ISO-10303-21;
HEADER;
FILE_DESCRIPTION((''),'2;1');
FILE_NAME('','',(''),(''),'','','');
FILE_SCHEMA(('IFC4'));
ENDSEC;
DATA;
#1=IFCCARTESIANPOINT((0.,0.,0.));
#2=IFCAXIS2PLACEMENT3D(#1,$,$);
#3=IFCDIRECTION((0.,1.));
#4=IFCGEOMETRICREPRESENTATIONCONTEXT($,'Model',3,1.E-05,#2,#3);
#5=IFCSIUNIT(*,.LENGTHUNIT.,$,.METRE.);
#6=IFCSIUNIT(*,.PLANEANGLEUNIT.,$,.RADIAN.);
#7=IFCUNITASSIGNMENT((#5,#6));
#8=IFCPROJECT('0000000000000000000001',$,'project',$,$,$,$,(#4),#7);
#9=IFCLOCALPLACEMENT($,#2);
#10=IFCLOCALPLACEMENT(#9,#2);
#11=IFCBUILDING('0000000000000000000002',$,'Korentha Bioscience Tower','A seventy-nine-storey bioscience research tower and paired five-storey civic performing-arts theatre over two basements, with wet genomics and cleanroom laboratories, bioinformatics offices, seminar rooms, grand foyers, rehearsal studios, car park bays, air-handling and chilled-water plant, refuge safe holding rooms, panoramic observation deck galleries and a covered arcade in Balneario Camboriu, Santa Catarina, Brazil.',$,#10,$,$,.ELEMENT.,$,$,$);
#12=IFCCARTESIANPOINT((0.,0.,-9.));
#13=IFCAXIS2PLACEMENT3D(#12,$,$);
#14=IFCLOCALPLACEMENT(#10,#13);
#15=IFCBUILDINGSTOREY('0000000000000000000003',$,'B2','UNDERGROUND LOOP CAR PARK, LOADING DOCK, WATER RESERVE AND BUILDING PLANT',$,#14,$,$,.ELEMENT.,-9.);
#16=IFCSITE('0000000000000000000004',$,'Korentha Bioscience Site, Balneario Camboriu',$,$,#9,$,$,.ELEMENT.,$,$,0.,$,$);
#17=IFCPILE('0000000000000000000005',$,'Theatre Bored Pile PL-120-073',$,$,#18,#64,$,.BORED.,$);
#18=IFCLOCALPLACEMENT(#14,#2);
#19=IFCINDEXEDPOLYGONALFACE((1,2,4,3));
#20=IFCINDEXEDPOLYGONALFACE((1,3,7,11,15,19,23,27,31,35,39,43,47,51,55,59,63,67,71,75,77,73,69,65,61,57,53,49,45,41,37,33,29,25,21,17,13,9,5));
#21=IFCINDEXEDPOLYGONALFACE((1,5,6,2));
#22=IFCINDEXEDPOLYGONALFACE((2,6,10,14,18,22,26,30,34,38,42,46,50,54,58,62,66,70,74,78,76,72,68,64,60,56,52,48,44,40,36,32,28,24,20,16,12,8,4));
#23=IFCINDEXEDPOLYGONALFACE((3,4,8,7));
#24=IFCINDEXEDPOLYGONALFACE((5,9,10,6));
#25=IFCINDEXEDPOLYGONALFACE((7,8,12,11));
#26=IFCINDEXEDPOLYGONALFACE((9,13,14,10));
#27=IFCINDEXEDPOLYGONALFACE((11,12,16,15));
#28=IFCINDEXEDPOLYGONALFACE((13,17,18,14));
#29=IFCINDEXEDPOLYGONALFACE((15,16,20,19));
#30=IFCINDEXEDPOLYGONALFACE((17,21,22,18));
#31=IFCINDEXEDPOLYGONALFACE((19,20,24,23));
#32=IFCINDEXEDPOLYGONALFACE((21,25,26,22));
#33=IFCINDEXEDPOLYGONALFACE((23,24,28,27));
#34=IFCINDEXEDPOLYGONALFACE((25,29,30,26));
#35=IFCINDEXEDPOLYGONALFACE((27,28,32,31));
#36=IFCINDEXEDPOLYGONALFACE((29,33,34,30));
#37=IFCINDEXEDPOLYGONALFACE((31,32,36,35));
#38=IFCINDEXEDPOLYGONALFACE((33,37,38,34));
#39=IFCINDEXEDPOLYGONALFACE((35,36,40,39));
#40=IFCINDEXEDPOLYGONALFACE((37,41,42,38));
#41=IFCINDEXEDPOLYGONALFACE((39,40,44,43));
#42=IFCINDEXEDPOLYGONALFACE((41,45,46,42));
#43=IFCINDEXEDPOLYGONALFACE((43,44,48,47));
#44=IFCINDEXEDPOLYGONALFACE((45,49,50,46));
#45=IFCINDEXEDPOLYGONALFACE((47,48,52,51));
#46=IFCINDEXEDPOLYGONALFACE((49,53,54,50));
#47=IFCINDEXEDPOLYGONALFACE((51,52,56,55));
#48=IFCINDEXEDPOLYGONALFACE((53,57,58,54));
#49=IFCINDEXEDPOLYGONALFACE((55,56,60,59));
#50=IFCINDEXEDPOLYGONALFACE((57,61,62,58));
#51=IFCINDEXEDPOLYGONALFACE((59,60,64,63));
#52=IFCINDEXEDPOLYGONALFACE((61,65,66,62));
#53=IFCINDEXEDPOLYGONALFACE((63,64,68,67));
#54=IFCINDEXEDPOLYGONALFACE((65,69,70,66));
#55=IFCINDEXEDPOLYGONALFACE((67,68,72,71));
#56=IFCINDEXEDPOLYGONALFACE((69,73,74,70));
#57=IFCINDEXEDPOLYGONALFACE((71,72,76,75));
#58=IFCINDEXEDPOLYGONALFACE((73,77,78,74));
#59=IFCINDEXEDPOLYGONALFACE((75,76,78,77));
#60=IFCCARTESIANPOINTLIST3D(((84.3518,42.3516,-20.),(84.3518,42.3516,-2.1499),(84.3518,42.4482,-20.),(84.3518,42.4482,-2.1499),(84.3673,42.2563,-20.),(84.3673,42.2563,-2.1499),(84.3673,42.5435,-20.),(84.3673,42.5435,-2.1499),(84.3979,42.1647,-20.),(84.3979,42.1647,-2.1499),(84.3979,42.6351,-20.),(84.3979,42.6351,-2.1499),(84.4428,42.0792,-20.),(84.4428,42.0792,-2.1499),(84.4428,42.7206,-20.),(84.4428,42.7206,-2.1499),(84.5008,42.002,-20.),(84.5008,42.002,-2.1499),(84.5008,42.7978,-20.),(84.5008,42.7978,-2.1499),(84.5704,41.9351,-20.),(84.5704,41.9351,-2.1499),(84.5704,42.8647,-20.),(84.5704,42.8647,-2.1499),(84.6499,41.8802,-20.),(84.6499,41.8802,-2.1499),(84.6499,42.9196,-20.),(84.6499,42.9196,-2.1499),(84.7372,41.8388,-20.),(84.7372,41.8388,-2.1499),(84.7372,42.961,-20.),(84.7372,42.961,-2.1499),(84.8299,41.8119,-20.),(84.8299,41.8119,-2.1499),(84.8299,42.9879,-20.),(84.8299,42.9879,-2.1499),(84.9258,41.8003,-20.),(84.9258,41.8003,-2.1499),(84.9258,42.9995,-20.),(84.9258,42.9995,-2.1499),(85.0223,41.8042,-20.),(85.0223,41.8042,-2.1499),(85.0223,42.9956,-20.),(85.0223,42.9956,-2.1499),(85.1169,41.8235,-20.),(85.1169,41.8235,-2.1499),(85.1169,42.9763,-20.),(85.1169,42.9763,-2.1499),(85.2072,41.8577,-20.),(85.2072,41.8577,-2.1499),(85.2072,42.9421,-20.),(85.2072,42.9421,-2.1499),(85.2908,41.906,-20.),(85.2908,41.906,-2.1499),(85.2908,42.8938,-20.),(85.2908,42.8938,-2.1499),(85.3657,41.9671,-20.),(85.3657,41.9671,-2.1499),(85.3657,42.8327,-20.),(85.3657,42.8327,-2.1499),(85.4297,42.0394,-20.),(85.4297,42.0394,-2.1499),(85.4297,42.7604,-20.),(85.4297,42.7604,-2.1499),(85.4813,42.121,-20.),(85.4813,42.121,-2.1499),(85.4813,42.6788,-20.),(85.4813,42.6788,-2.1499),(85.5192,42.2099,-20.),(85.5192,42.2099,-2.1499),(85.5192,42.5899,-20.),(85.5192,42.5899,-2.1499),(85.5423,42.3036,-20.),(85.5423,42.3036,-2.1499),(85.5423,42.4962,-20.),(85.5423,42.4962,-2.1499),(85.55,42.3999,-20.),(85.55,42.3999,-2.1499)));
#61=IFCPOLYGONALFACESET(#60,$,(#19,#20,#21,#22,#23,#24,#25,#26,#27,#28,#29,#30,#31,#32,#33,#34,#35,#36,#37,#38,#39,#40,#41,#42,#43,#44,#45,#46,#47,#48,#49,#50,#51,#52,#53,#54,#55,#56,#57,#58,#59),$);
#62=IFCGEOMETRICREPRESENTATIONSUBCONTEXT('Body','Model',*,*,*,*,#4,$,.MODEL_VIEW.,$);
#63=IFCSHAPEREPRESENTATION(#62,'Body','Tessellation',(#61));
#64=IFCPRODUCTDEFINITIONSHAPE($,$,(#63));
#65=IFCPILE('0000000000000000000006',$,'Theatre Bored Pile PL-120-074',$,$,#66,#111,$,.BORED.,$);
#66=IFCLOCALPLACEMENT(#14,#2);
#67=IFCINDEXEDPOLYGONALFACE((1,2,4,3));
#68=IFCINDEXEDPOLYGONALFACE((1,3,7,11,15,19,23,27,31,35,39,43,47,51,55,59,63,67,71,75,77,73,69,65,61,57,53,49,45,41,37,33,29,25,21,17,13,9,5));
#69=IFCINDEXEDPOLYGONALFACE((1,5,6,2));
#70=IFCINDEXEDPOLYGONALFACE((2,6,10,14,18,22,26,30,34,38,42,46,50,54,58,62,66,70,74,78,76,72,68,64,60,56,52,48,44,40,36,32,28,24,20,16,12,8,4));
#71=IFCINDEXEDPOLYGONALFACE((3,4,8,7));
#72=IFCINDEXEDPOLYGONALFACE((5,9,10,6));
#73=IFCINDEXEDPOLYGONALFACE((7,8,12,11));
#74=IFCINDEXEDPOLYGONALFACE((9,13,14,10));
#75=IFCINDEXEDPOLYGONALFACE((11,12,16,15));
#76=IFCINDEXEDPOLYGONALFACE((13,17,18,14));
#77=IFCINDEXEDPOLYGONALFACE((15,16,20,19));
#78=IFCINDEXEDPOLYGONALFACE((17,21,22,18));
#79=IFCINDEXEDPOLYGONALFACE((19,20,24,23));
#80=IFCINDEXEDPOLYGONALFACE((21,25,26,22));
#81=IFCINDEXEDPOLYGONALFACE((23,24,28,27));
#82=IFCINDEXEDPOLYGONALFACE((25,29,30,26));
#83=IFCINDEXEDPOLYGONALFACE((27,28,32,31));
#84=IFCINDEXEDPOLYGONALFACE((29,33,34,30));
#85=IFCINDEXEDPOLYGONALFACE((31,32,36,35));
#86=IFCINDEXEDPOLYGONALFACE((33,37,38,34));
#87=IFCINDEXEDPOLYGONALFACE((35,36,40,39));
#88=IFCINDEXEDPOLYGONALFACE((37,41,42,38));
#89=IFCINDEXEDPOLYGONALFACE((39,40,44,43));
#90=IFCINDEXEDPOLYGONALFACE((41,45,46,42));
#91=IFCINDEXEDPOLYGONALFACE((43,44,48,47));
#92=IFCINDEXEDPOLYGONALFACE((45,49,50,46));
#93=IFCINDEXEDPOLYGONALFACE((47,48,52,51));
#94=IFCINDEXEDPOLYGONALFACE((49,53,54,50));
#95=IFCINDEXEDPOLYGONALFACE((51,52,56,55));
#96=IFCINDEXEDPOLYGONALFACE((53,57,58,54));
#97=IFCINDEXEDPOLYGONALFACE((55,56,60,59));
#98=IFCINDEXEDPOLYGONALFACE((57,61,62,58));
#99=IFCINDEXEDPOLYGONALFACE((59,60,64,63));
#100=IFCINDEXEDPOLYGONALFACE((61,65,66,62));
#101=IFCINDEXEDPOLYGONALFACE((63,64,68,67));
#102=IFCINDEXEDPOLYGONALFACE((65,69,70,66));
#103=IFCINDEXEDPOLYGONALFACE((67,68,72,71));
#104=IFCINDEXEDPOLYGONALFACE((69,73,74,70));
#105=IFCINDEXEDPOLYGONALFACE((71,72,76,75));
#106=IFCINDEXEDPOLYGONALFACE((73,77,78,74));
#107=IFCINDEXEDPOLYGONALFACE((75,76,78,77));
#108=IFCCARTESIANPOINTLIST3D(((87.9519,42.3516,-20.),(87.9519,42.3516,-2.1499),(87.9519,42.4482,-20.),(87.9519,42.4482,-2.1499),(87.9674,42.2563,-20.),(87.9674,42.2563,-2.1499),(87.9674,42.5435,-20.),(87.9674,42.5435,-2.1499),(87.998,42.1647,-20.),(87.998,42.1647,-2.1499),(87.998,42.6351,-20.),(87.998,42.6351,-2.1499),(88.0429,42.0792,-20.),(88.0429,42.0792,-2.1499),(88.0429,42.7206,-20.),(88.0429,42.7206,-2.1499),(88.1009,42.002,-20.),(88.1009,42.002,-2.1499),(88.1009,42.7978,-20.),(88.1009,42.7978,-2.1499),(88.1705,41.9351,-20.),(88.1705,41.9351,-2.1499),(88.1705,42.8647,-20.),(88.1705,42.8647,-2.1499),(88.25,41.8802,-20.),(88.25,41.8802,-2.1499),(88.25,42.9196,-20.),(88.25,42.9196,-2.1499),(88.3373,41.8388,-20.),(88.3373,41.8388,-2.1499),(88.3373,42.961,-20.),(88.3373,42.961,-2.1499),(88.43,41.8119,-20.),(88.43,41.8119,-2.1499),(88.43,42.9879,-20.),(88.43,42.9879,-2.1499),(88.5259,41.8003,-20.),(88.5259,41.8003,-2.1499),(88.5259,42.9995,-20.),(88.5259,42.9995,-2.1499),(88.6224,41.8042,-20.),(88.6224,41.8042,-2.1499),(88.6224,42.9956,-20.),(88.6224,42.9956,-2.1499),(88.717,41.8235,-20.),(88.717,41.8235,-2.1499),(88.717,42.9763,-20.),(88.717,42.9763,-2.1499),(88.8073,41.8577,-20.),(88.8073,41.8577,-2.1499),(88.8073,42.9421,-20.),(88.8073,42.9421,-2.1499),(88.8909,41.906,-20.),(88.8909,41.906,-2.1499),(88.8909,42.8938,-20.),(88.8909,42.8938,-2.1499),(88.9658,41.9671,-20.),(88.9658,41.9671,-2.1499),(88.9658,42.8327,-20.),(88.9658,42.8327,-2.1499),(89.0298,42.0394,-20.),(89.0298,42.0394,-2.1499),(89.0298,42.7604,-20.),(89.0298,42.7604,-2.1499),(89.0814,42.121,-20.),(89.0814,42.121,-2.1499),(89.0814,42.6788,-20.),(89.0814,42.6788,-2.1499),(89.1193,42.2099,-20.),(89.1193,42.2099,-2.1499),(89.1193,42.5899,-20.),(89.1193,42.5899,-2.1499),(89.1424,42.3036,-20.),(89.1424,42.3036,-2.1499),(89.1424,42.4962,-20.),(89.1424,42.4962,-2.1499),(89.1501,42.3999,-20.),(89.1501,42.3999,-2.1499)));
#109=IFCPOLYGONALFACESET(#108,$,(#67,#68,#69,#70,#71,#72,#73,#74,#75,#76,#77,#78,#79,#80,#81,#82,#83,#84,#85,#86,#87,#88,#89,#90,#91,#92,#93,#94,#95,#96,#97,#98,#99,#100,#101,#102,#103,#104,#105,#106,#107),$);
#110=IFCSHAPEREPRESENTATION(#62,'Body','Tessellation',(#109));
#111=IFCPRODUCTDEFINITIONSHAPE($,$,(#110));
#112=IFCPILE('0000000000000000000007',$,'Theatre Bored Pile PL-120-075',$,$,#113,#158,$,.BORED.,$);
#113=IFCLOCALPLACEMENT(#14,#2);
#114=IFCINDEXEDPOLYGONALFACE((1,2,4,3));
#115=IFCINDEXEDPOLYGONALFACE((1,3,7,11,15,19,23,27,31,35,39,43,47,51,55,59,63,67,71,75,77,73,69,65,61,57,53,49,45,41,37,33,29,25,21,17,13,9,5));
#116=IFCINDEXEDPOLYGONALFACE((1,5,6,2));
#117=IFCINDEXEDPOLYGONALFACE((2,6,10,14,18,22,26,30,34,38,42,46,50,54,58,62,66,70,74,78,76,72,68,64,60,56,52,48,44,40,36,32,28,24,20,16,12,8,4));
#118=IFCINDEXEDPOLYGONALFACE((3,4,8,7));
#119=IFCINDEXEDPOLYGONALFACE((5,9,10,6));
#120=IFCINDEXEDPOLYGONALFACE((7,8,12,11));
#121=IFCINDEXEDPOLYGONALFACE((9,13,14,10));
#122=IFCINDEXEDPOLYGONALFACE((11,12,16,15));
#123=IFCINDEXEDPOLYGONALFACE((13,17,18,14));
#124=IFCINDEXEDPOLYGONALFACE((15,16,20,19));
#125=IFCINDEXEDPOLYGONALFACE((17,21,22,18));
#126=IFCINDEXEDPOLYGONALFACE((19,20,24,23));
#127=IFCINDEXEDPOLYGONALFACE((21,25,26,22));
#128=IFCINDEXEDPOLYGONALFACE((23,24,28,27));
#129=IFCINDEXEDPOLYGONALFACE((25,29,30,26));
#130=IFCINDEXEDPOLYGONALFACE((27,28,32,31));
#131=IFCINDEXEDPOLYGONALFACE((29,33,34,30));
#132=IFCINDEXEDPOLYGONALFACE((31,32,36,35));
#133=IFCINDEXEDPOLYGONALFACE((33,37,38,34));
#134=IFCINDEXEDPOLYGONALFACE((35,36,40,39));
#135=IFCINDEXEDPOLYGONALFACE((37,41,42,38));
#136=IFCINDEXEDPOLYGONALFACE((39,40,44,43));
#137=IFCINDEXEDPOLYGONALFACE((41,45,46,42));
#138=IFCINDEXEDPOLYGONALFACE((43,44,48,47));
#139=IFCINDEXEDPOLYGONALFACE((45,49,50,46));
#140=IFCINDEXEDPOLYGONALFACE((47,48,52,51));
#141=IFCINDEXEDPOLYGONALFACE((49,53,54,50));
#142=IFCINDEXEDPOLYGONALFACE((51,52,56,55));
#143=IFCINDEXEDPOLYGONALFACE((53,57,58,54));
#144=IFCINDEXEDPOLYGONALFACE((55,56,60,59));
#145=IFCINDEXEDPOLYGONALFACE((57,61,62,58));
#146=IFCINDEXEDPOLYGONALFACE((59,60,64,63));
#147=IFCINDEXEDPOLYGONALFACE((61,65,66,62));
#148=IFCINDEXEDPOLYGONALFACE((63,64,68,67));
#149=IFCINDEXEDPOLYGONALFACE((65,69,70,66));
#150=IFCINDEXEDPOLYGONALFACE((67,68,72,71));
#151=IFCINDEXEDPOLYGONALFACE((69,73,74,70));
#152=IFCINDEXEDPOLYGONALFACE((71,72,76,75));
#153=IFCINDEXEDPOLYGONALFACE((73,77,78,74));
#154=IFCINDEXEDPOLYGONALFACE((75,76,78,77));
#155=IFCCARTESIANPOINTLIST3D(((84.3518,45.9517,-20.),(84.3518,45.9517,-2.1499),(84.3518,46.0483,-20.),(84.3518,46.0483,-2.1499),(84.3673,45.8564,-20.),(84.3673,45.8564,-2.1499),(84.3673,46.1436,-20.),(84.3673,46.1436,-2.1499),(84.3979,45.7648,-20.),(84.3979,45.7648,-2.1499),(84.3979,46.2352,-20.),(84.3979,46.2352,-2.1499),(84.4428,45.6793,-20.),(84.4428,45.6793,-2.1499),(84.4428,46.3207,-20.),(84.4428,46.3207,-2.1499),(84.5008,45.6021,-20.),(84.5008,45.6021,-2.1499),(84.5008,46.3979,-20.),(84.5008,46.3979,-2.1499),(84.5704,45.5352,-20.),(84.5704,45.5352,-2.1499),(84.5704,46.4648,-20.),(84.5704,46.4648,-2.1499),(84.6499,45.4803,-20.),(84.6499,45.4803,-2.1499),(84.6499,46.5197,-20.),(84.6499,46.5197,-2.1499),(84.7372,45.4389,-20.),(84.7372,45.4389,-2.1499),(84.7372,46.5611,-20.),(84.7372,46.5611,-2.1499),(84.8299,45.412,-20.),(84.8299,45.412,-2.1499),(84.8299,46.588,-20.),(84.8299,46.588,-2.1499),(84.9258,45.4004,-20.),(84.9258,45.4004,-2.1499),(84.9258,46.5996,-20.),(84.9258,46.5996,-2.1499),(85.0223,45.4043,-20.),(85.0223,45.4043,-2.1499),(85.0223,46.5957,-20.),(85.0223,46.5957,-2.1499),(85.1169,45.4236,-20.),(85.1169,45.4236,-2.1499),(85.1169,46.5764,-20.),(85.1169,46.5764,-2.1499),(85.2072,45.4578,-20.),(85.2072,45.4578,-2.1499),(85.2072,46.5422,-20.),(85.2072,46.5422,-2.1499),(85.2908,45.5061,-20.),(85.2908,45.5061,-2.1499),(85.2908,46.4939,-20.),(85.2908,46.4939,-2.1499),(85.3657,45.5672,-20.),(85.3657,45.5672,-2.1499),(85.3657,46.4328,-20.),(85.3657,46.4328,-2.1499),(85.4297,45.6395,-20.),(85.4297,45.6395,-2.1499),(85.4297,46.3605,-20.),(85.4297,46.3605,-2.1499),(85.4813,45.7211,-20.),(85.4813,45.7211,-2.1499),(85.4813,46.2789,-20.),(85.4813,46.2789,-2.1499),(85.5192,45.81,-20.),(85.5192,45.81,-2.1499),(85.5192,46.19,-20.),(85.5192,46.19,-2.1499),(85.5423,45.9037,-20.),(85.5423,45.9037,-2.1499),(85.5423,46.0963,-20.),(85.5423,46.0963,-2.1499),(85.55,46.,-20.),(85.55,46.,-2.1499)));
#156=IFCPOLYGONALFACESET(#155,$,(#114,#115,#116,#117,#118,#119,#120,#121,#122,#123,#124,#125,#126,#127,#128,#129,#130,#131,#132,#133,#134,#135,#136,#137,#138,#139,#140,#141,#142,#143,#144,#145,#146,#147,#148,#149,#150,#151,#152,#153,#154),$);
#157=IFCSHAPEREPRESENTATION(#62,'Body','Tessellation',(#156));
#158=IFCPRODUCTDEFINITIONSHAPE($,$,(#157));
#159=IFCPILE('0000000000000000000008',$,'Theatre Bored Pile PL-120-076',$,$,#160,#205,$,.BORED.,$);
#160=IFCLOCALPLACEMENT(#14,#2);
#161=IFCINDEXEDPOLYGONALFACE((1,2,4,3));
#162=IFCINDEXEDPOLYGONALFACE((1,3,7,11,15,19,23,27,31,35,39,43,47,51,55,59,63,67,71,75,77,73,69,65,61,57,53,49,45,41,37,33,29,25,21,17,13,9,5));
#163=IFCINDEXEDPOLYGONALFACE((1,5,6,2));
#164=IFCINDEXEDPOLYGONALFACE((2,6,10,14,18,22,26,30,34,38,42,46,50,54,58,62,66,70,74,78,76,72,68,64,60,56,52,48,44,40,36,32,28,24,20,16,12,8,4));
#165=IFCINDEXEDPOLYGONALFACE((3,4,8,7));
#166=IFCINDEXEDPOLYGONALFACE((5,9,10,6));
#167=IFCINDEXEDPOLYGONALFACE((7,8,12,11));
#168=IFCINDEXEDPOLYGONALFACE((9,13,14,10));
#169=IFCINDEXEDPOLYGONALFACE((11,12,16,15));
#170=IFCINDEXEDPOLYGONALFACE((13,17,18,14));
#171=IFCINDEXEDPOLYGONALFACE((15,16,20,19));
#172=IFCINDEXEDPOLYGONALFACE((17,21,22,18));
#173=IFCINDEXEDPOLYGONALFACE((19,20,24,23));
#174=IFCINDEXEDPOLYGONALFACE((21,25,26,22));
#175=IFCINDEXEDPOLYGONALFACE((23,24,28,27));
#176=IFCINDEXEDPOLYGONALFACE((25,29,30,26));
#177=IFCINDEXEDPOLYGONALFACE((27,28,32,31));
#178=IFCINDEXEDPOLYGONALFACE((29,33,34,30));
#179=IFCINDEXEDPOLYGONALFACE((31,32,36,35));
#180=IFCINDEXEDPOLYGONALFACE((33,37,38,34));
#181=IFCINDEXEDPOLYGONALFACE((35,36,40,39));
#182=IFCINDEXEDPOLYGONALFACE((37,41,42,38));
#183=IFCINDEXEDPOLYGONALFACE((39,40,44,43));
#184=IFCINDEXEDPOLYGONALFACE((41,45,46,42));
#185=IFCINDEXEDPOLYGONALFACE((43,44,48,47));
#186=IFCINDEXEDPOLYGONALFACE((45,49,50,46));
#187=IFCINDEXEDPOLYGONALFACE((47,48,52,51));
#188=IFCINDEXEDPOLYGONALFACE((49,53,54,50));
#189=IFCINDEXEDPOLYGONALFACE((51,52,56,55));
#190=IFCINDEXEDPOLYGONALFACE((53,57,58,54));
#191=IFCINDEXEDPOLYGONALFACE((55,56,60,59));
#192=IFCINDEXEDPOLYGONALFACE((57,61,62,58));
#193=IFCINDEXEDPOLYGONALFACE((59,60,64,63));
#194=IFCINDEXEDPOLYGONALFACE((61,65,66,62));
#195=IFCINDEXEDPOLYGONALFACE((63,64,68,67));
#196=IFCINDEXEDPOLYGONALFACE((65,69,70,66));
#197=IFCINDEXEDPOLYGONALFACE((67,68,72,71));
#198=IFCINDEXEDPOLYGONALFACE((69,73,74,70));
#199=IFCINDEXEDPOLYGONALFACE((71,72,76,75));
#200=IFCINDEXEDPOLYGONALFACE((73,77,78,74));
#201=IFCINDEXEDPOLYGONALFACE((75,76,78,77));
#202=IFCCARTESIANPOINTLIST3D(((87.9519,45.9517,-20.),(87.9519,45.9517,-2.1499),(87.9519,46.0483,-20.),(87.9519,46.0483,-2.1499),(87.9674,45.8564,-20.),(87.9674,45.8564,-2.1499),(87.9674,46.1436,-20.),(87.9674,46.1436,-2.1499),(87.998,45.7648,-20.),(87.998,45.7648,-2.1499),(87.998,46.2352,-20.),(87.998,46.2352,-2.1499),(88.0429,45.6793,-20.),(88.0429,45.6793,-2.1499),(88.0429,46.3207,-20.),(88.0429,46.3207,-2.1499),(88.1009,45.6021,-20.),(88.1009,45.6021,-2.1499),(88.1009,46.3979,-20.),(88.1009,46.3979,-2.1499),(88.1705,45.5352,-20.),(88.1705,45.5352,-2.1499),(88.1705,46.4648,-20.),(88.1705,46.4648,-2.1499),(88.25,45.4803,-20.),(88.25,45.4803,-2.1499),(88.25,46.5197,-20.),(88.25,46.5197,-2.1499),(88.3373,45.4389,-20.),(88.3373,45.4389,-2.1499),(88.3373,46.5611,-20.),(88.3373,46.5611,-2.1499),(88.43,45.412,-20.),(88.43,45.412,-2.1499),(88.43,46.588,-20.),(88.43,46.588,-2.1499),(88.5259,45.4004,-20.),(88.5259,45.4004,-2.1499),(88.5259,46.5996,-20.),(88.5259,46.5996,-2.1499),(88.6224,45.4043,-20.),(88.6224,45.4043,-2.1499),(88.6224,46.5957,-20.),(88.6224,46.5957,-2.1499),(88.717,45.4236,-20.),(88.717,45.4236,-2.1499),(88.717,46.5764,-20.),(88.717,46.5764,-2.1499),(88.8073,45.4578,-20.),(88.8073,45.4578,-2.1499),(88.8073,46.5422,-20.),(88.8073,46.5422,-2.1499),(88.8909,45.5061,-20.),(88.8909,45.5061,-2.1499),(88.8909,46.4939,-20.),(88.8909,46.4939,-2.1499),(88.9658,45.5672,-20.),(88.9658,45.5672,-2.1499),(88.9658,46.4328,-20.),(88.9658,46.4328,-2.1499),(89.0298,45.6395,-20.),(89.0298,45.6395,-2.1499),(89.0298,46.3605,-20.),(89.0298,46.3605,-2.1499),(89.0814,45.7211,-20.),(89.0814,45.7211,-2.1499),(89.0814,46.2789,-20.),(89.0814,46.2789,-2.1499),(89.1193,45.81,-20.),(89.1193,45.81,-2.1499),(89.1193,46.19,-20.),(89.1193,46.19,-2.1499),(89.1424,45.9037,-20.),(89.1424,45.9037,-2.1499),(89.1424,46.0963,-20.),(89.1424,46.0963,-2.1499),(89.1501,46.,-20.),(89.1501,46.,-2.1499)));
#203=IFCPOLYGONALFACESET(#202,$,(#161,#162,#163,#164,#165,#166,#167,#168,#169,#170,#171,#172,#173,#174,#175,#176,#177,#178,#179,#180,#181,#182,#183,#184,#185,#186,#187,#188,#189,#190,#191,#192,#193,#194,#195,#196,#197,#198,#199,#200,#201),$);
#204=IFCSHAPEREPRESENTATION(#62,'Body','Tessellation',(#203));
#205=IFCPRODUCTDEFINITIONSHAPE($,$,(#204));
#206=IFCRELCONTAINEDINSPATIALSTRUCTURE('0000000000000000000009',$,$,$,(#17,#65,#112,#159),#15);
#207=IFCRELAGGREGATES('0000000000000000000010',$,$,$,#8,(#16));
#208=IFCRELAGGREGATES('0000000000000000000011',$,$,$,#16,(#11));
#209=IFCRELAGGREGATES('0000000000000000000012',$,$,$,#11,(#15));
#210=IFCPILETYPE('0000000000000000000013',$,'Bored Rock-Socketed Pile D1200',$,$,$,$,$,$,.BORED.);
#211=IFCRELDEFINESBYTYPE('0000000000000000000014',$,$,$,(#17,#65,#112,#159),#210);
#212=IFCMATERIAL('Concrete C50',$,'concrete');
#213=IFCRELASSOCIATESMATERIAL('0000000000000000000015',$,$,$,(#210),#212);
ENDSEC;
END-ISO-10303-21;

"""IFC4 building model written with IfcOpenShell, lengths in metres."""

from ifc_helpers import new_model, si_unit, direction, frame, origin, origin_2d, place, context, subcontext, project, spatial, circle, extrude, material, material_profile, profile_set, type_object, element, save


model = new_model("IFC4")

# Units and contexts
model_context = context("Model", 3, precision=1e-05, world=origin(), true_north=direction((0.0, 1.0)))
body_context = subcontext(model_context, "Body", "Model", "MODEL_VIEW")
ifc_project = project(units=[si_unit("LENGTHUNIT", "METRE"), si_unit("PLANEANGLEUNIT", "RADIAN")], contexts=[model_context])

# Site, building, storey
site_placement = place(None, origin())
site = spatial("IfcSite", under=ifc_project, at=site_placement, Name="Korentha Bioscience Site, Balneario Camboriu", CompositionType="ELEMENT", RefElevation=0.0)
building_placement = place(site_placement, origin())
building = spatial("IfcBuilding", under=site, at=building_placement, Name="Korentha Bioscience Tower", Description="A seventy-nine-storey bioscience research tower and paired five-storey civic performing-arts theatre over two basements, with wet genomics and cleanroom laboratories, bioinformatics offices, seminar rooms, grand foyers, rehearsal studios, car park bays, air-handling and chilled-water plant, refuge safe holding rooms, panoramic observation deck galleries and a covered arcade in Balneario Camboriu, Santa Catarina, Brazil.", CompositionType="ELEMENT")
storey_placement = place(building_placement, frame((0.0, 0.0, -9.0)))
storey = spatial("IfcBuildingStorey", under=building, at=storey_placement, Name="B2", Description="UNDERGROUND LOOP CAR PARK, LOADING DOCK, WATER RESERVE AND BUILDING PLANT", CompositionType="ELEMENT", Elevation=-9.0)

# Shared definitions
ifc_material_1 = material(Name="Concrete C50", Category="concrete")

# Piles
ifc_material_profile_1 = material_profile(ifc_material_1, circle(Radius=0.6001, at=origin_2d()), Name="Concrete C50")
ifc_profile_set_1 = profile_set([ifc_material_profile_1], Name="Concrete C50 (PL-120)")
pile_type = type_object("IfcPileType", Name="Bored Rock-Socketed Pile D1200", PredefinedType="BORED", material=ifc_profile_set_1)
for number, where, z_axis, x_axis, name in (
    (1, (84.95, 42.3999, -2.1499), (0.0, 0.0, -1.0), (1.0, 0.0, 0.0), "Theatre Bored Pile PL-120-073"),
    (2, (88.55, 42.3999, -2.1499), (0.0, 0.0, -1.0), (1.0, 0.0, 0.0), "Theatre Bored Pile PL-120-074"),
    (3, (84.95, 46.0, -2.1499), (0.0, 0.0, -1.0), (1.0, 0.0, 0.0), "Theatre Bored Pile PL-120-075"),
    (4, (88.55, 46.0, -2.1499), (0.0, 0.0, -1.0), (1.0, 0.0, 0.0), "Theatre Bored Pile PL-120-076"),
):
    element("IfcPile", number, at=place(storey_placement, frame(where, z_axis=z_axis, x_axis=x_axis)), inside=storey, type_object=pile_type, Name=name, PredefinedType="BORED", context=body_context, shape_type="SweptSolid", body=[
        extrude(circle(Radius=0.6001, at=origin_2d()), origin(), (0.0, 0.0, 1.0), 17.8501),
    ])

save(model, "model.ifc")
